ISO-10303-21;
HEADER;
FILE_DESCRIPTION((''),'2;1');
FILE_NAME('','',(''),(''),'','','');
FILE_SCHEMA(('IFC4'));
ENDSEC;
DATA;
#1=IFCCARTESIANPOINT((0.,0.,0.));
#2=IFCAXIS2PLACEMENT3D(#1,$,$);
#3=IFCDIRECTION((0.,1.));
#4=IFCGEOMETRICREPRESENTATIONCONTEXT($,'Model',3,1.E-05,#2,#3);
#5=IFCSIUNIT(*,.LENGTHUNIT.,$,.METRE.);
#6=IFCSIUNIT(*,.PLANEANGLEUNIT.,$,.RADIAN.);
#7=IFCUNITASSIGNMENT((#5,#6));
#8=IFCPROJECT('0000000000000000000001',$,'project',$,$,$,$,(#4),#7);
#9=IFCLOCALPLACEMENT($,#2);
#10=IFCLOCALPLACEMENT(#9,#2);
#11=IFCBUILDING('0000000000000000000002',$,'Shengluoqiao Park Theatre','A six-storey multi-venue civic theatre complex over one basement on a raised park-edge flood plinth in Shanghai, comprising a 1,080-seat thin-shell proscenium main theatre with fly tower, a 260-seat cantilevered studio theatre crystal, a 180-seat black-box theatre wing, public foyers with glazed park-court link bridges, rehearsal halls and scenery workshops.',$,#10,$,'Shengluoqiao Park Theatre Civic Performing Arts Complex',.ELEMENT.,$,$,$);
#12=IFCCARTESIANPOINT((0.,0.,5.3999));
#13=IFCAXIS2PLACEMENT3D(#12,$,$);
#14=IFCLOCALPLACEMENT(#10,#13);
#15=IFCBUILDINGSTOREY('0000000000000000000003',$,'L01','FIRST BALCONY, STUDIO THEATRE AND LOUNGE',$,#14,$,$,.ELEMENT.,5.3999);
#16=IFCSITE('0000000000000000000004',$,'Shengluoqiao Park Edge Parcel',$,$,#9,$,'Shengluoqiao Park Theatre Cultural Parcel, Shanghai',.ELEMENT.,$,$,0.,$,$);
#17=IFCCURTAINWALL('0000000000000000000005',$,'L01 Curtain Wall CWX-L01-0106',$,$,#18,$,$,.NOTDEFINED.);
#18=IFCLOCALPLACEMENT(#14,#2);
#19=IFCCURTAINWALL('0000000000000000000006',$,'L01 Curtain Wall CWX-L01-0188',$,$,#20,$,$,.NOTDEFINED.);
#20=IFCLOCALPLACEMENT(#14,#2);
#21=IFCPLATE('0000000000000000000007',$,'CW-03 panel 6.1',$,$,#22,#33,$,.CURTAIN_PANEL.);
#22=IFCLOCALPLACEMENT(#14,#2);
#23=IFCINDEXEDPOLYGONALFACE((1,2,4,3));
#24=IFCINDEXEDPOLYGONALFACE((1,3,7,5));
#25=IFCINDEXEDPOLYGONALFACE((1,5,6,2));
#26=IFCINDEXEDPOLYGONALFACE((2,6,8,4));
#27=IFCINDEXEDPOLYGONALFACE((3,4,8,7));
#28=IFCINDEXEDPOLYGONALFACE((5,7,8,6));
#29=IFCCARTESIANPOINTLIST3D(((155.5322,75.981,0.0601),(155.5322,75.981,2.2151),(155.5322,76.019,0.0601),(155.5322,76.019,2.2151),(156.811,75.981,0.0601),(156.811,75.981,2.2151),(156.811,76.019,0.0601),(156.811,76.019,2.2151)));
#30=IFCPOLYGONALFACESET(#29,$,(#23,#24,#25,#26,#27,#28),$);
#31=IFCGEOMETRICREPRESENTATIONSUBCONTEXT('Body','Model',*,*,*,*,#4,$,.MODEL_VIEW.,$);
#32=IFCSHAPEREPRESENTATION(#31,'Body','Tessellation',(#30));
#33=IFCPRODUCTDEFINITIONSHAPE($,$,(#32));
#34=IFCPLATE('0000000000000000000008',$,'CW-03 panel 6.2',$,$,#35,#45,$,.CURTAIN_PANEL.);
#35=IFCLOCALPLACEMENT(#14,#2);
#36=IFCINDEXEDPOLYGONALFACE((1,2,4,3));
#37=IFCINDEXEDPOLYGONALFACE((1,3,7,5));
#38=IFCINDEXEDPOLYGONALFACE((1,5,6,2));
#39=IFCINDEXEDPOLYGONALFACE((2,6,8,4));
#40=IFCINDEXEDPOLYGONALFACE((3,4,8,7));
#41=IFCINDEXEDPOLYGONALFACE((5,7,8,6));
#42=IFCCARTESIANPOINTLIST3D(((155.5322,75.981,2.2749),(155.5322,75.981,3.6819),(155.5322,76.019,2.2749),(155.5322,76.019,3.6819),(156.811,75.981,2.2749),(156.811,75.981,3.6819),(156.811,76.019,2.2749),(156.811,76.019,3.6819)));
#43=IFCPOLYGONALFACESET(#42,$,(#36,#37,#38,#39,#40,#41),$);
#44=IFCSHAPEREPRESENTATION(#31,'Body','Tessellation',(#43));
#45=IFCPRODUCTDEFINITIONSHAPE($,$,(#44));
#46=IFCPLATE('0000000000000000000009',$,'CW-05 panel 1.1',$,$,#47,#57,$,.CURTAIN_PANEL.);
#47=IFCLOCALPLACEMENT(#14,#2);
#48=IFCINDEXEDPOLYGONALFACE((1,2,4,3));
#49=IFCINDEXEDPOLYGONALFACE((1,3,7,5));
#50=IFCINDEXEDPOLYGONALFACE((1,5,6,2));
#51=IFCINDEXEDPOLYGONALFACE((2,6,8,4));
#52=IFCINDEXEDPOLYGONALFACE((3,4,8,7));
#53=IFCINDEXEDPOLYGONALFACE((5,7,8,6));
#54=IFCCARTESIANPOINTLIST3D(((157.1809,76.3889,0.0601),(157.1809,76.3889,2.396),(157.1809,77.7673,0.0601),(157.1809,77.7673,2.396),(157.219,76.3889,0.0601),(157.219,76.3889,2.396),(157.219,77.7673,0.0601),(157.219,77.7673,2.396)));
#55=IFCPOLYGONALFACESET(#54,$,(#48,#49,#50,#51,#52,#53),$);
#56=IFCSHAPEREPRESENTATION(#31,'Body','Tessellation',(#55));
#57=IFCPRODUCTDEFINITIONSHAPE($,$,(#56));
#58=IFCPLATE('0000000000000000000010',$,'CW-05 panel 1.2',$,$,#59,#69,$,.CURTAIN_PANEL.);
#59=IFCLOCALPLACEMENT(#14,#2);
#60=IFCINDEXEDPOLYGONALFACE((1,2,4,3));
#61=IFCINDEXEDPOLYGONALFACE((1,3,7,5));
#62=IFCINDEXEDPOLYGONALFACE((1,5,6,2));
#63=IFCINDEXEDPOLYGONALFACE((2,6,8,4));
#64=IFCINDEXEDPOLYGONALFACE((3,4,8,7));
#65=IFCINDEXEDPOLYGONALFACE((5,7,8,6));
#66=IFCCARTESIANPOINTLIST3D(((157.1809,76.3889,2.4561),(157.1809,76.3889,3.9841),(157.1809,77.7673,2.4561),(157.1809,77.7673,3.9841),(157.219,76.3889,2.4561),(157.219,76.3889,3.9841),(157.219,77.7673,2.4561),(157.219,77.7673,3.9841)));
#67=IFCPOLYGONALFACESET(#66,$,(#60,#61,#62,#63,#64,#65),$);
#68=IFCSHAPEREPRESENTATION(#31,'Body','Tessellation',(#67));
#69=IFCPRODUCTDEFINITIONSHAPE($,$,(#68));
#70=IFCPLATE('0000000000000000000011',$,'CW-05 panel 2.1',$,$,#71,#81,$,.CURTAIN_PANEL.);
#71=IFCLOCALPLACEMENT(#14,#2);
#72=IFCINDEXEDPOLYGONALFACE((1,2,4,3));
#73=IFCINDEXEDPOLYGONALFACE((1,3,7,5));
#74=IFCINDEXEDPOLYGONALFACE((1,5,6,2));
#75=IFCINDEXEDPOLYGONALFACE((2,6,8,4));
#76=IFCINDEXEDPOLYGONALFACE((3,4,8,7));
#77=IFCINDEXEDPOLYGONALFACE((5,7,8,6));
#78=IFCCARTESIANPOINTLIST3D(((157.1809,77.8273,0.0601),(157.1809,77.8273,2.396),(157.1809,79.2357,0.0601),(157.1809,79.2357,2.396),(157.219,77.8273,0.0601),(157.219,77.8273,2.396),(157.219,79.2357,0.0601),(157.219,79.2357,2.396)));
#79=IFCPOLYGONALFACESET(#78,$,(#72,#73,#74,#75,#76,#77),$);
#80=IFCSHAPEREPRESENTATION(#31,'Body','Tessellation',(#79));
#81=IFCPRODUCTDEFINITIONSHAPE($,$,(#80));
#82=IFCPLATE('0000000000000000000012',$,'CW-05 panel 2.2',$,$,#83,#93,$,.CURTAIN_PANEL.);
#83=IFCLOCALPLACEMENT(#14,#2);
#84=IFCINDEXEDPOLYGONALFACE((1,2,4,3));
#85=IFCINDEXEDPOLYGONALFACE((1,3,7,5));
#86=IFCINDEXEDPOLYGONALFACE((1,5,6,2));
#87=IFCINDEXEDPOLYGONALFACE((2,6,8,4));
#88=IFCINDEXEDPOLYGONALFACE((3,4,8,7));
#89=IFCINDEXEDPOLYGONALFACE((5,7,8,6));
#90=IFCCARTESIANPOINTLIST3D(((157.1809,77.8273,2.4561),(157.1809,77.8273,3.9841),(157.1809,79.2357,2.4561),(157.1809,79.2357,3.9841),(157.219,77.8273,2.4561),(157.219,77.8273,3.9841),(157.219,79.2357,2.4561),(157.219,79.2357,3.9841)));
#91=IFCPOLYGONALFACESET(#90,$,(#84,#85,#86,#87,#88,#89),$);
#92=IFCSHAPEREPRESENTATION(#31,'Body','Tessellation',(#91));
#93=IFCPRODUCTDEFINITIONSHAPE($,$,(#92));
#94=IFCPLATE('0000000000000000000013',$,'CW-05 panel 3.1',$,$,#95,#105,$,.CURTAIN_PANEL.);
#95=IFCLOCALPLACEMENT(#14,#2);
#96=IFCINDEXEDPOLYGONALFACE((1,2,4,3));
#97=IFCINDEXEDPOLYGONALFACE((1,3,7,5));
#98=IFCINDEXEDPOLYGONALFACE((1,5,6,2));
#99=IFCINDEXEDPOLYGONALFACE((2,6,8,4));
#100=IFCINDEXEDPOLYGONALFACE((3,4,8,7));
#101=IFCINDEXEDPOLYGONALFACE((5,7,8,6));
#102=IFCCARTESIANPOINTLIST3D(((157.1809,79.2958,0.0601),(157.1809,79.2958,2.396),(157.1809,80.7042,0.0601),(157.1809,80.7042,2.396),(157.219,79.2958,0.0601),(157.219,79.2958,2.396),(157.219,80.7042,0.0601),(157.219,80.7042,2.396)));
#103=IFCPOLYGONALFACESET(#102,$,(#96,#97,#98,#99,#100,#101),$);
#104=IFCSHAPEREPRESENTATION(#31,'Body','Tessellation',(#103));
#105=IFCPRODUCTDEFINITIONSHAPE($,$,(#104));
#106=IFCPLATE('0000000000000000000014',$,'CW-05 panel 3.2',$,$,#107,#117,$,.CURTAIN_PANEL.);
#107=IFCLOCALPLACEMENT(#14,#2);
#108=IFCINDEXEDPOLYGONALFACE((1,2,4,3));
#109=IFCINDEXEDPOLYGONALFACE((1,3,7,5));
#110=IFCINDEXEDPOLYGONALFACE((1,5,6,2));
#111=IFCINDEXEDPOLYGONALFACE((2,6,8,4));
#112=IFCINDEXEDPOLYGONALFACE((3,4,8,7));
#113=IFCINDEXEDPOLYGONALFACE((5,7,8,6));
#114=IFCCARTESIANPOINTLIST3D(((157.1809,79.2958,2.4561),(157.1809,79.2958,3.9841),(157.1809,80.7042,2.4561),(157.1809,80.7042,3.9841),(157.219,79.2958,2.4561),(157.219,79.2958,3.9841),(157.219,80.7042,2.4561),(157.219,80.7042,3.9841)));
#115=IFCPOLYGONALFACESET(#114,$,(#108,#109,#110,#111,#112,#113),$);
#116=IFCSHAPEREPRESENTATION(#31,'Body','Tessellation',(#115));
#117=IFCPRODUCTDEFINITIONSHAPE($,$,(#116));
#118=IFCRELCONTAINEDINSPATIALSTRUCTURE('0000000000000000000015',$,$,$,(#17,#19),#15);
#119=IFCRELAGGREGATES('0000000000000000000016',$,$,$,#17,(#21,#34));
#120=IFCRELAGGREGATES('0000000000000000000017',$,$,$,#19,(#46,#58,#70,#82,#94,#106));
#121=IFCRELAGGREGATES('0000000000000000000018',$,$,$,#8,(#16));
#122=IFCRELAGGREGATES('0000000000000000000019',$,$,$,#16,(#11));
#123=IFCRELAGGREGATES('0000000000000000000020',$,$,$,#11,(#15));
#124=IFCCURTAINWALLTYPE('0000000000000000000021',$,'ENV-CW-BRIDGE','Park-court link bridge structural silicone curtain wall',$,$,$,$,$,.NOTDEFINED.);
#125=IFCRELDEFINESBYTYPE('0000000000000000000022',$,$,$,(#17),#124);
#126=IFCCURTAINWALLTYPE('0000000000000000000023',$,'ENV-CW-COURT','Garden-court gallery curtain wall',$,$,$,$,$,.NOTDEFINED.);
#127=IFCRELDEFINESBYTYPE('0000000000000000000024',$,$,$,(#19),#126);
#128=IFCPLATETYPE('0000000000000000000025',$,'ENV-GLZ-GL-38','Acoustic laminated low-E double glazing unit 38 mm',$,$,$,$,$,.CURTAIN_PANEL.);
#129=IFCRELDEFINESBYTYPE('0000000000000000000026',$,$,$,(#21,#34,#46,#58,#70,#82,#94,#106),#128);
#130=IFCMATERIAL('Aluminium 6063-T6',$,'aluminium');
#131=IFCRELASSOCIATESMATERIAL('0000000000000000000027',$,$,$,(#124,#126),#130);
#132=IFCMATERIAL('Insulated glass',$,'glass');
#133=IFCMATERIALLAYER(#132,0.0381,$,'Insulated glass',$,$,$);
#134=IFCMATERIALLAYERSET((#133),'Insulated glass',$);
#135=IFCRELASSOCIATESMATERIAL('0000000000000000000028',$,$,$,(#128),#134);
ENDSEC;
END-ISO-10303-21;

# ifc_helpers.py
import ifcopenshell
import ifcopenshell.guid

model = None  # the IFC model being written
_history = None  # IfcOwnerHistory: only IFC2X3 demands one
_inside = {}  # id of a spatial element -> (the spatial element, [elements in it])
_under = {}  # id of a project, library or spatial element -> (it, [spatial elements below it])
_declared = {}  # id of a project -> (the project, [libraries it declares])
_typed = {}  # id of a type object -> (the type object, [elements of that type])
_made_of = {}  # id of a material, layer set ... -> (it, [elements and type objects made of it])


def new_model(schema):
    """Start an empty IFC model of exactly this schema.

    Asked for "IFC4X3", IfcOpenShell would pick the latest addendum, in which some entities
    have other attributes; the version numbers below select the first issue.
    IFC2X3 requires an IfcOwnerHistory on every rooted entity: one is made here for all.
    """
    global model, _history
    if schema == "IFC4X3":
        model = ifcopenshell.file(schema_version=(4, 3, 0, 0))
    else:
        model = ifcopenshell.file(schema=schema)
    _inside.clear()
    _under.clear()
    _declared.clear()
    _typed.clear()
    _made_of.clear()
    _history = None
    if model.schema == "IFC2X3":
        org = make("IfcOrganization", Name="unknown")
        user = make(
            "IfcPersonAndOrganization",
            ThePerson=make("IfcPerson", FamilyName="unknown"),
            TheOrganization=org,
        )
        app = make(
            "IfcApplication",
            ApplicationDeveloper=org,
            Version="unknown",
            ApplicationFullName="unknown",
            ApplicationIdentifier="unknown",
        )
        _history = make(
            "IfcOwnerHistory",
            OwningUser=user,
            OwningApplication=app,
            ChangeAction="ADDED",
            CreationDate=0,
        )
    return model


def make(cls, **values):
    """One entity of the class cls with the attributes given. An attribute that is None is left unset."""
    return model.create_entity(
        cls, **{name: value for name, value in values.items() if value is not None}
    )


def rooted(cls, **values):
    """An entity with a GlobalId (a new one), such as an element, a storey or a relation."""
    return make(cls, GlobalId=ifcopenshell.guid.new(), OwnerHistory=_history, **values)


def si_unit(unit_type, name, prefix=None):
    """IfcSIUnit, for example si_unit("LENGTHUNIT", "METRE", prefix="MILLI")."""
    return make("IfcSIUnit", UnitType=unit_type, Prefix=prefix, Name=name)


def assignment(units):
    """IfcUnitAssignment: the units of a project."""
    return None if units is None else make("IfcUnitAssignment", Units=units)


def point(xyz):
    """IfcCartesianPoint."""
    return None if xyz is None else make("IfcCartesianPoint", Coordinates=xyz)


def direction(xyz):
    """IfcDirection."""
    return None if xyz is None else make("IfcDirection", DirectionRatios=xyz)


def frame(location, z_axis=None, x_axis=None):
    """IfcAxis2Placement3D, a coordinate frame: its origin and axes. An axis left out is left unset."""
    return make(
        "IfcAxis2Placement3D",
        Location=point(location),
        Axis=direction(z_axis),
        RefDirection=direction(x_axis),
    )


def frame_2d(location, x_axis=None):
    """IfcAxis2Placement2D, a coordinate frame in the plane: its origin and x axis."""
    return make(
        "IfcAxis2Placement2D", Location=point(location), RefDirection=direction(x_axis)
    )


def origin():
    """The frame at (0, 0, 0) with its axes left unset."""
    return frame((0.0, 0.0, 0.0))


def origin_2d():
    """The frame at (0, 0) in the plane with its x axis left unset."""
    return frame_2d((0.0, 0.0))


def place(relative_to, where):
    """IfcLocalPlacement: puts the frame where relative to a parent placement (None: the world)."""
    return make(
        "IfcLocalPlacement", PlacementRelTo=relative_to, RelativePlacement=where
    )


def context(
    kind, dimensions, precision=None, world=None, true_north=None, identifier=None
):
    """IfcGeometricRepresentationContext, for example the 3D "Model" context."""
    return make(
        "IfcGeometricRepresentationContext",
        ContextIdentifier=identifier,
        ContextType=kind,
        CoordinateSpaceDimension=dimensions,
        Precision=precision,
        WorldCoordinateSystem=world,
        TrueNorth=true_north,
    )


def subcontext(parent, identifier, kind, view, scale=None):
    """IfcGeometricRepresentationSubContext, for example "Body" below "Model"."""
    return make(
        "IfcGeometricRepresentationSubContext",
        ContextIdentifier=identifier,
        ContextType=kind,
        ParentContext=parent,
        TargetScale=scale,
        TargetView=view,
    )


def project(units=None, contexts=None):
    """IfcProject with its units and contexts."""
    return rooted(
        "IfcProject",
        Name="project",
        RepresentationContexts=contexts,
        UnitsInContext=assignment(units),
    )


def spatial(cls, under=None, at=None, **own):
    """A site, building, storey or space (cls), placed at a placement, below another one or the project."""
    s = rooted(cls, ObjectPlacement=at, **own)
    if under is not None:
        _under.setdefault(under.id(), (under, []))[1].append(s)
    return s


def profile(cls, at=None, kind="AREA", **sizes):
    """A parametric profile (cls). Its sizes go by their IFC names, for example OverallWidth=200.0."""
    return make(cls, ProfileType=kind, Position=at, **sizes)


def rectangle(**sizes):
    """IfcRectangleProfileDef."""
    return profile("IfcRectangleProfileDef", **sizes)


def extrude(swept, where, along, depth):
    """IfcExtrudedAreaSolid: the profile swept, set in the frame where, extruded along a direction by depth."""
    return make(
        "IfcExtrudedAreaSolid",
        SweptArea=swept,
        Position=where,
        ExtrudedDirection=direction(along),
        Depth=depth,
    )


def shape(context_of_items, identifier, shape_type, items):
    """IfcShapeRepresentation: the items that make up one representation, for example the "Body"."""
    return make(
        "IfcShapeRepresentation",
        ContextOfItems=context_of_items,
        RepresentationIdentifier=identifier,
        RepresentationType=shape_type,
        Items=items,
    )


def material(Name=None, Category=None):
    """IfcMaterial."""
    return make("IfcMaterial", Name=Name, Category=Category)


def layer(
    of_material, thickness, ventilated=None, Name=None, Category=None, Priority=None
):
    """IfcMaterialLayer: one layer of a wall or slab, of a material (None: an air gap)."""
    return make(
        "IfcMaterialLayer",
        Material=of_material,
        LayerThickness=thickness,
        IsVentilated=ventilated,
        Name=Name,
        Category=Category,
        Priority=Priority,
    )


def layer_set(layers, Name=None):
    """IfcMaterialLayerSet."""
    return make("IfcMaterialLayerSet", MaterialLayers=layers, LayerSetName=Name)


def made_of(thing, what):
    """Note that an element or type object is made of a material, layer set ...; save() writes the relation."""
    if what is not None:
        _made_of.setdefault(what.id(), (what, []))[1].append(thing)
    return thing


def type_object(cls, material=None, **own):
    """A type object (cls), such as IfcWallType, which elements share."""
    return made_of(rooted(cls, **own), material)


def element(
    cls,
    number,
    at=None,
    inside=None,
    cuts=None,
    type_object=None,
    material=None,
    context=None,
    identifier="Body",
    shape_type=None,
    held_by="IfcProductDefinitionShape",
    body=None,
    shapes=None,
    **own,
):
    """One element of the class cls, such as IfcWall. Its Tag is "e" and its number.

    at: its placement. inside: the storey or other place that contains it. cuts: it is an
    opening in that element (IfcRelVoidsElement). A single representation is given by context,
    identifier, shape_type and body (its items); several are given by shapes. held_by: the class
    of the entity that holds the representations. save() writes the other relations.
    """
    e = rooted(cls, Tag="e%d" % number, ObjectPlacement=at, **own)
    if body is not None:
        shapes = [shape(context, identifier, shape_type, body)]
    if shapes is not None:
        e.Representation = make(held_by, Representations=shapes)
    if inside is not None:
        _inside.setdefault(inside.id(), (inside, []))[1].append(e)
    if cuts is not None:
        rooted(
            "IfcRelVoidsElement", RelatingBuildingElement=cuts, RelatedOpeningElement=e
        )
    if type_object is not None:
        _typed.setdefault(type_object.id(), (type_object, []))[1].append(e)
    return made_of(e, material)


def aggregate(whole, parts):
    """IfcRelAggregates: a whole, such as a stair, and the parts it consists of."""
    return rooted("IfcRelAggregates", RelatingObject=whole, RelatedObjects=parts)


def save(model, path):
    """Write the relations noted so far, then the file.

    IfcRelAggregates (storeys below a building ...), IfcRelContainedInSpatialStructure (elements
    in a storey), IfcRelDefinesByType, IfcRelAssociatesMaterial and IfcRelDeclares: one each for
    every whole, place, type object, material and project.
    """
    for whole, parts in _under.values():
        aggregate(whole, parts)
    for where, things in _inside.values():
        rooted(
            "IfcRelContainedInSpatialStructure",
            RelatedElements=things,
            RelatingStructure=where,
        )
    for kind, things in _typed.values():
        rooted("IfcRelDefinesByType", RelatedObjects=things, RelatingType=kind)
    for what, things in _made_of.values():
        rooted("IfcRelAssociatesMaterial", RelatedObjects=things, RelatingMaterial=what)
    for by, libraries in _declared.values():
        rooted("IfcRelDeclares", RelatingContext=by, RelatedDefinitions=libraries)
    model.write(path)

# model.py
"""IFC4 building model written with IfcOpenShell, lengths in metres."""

from ifc_helpers import new_model, si_unit, direction, frame, origin, origin_2d, place, context, subcontext, project, spatial, rectangle, extrude, material, layer, layer_set, type_object, element, aggregate, save


model = new_model("IFC4")

# Units and contexts
model_context = context("Model", 3, precision=1e-05, world=origin(), true_north=direction((0.0, 1.0)))
body_context = subcontext(model_context, "Body", "Model", "MODEL_VIEW")
ifc_project = project(units=[si_unit("LENGTHUNIT", "METRE"), si_unit("PLANEANGLEUNIT", "RADIAN")], contexts=[model_context])

# Site, building, storey
site_placement = place(None, origin())
site = spatial("IfcSite", under=ifc_project, at=site_placement, Name="Shengluoqiao Park Edge Parcel", LongName="Shengluoqiao Park Theatre Cultural Parcel, Shanghai", CompositionType="ELEMENT", RefElevation=0.0)
building_placement = place(site_placement, origin())
building = spatial("IfcBuilding", under=site, at=building_placement, Name="Shengluoqiao Park Theatre", Description="A six-storey multi-venue civic theatre complex over one basement on a raised park-edge flood plinth in Shanghai, comprising a 1,080-seat thin-shell proscenium main theatre with fly tower, a 260-seat cantilevered studio theatre crystal, a 180-seat black-box theatre wing, public foyers with glazed park-court link bridges, rehearsal halls and scenery workshops.", LongName="Shengluoqiao Park Theatre Civic Performing Arts Complex", CompositionType="ELEMENT")
storey_placement = place(building_placement, frame((0.0, 0.0, 5.3999)))
storey = spatial("IfcBuildingStorey", under=building, at=storey_placement, Name="L01", Description="FIRST BALCONY, STUDIO THEATRE AND LOUNGE", CompositionType="ELEMENT", Elevation=5.3999)

# Curtain walls
ifc_material_1 = material(Name="Aluminium 6063-T6", Category="aluminium")
curtain_wall_type_1 = type_object("IfcCurtainWallType", Name="ENV-CW-BRIDGE", Description="Park-court link bridge structural silicone curtain wall", PredefinedType="NOTDEFINED", material=ifc_material_1)
curtain_wall_1_placement = place(storey_placement, origin())
curtain_wall_1 = element("IfcCurtainWall", 1, at=curtain_wall_1_placement, inside=storey, type_object=curtain_wall_type_1, Name="L01 Curtain Wall CWX-L01-0106", PredefinedType="NOTDEFINED")
curtain_wall_type_2 = type_object("IfcCurtainWallType", Name="ENV-CW-COURT", Description="Garden-court gallery curtain wall", PredefinedType="NOTDEFINED", material=ifc_material_1)
curtain_wall_2_placement = place(storey_placement, origin())
curtain_wall_2 = element("IfcCurtainWall", 2, at=curtain_wall_2_placement, inside=storey, type_object=curtain_wall_type_2, Name="L01 Curtain Wall CWX-L01-0188", PredefinedType="NOTDEFINED")

# Plates
ifc_material_2 = material(Name="Insulated glass", Category="glass")
ifc_layer = layer(ifc_material_2, 0.0381, Name="Insulated glass")
ifc_layer_set = layer_set([ifc_layer], Name="Insulated glass")
plate_type = type_object("IfcPlateType", Name="ENV-GLZ-GL-38", Description="Acoustic laminated low-E double glazing unit 38 mm", PredefinedType="CURTAIN_PANEL", material=ifc_layer_set)
plate_1_placement = place(storey_placement, frame((156.1716, 76.0, 0.0601), z_axis=(0.0, 0.0, 1.0), x_axis=(1.0, 0.0, 0.0)))
plate_1 = element("IfcPlate", 3, at=plate_1_placement, type_object=plate_type, Name="CW-03 panel 6.1", PredefinedType="CURTAIN_PANEL", context=body_context, shape_type="SweptSolid", body=[
    extrude(rectangle(XDim=1.2788, YDim=0.0381, at=origin_2d()), origin(), (0.0, 0.0, 1.0), 2.155),
])
plate_2_placement = place(storey_placement, frame((156.1716, 76.0, 2.2749), z_axis=(0.0, 0.0, 1.0), x_axis=(1.0, 0.0, 0.0)))
plate_2 = element("IfcPlate", 4, at=plate_2_placement, type_object=plate_type, Name="CW-03 panel 6.2", PredefinedType="CURTAIN_PANEL", context=body_context, shape_type="SweptSolid", body=[
    extrude(rectangle(XDim=1.2788, YDim=0.0381, at=origin_2d()), origin(), (0.0, 0.0, 1.0), 1.407),
])
aggregate(curtain_wall_1, [plate_1, plate_2])
plate_3_placement = place(storey_placement, frame((157.2, 77.0781, 0.0601), z_axis=(0.0, 0.0, 1.0), x_axis=(0.0, 1.0, 0.0)))
plate_3 = element("IfcPlate", 5, at=plate_3_placement, type_object=plate_type, Name="CW-05 panel 1.1", PredefinedType="CURTAIN_PANEL", context=body_context, shape_type="SweptSolid", body=[
    extrude(rectangle(XDim=1.3784, YDim=0.0381, at=origin_2d()), origin(), (0.0, 0.0, 1.0), 2.3359),
])
plate_4_placement = place(storey_placement, frame((157.2, 77.0781, 2.4561), z_axis=(0.0, 0.0, 1.0), x_axis=(0.0, 1.0, 0.0)))
plate_4 = element("IfcPlate", 6, at=plate_4_placement, type_object=plate_type, Name="CW-05 panel 1.2", PredefinedType="CURTAIN_PANEL", context=body_context, shape_type="SweptSolid", body=[
    extrude(rectangle(XDim=1.3784, YDim=0.0381, at=origin_2d()), origin(), (0.0, 0.0, 1.0), 1.5281),
])
plate_5_placement = place(storey_placement, frame((157.2, 78.5315, 0.0601), z_axis=(0.0, 0.0, 1.0), x_axis=(0.0, 1.0, 0.0)))
plate_5 = element("IfcPlate", 7, at=plate_5_placement, type_object=plate_type, Name="CW-05 panel 2.1", PredefinedType="CURTAIN_PANEL", context=body_context, shape_type="SweptSolid", body=[
    extrude(rectangle(XDim=1.4084, YDim=0.0381, at=origin_2d()), origin(), (0.0, 0.0, 1.0), 2.3359),
])
plate_6_placement = place(storey_placement, frame((157.2, 78.5315, 2.4561), z_axis=(0.0, 0.0, 1.0), x_axis=(0.0, 1.0, 0.0)))
plate_6 = element("IfcPlate", 8, at=plate_6_placement, type_object=plate_type, Name="CW-05 panel 2.2", PredefinedType="CURTAIN_PANEL", context=body_context, shape_type="SweptSolid", body=[
    extrude(rectangle(XDim=1.4084, YDim=0.0381, at=origin_2d()), origin(), (0.0, 0.0, 1.0), 1.5281),
])
plate_7_placement = place(storey_placement, frame((157.2, 80.0, 0.0601), z_axis=(0.0, 0.0, 1.0), x_axis=(0.0, 1.0, 0.0)))
plate_7 = element("IfcPlate", 9, at=plate_7_placement, type_object=plate_type, Name="CW-05 panel 3.1", PredefinedType="CURTAIN_PANEL", context=body_context, shape_type="SweptSolid", body=[
    extrude(rectangle(XDim=1.4084, YDim=0.0381, at=origin_2d()), origin(), (0.0, 0.0, 1.0), 2.3359),
])
plate_8_placement = place(storey_placement, frame((157.2, 80.0, 2.4561), z_axis=(0.0, 0.0, 1.0), x_axis=(0.0, 1.0, 0.0)))
plate_8 = element("IfcPlate", 10, at=plate_8_placement, type_object=plate_type, Name="CW-05 panel 3.2", PredefinedType="CURTAIN_PANEL", context=body_context, shape_type="SweptSolid", body=[
    extrude(rectangle(XDim=1.4084, YDim=0.0381, at=origin_2d()), origin(), (0.0, 0.0, 1.0), 1.5281),
])
aggregate(curtain_wall_2, [plate_3, plate_4, plate_5, plate_6, plate_7, plate_8])

save(model, "model.ifc")
